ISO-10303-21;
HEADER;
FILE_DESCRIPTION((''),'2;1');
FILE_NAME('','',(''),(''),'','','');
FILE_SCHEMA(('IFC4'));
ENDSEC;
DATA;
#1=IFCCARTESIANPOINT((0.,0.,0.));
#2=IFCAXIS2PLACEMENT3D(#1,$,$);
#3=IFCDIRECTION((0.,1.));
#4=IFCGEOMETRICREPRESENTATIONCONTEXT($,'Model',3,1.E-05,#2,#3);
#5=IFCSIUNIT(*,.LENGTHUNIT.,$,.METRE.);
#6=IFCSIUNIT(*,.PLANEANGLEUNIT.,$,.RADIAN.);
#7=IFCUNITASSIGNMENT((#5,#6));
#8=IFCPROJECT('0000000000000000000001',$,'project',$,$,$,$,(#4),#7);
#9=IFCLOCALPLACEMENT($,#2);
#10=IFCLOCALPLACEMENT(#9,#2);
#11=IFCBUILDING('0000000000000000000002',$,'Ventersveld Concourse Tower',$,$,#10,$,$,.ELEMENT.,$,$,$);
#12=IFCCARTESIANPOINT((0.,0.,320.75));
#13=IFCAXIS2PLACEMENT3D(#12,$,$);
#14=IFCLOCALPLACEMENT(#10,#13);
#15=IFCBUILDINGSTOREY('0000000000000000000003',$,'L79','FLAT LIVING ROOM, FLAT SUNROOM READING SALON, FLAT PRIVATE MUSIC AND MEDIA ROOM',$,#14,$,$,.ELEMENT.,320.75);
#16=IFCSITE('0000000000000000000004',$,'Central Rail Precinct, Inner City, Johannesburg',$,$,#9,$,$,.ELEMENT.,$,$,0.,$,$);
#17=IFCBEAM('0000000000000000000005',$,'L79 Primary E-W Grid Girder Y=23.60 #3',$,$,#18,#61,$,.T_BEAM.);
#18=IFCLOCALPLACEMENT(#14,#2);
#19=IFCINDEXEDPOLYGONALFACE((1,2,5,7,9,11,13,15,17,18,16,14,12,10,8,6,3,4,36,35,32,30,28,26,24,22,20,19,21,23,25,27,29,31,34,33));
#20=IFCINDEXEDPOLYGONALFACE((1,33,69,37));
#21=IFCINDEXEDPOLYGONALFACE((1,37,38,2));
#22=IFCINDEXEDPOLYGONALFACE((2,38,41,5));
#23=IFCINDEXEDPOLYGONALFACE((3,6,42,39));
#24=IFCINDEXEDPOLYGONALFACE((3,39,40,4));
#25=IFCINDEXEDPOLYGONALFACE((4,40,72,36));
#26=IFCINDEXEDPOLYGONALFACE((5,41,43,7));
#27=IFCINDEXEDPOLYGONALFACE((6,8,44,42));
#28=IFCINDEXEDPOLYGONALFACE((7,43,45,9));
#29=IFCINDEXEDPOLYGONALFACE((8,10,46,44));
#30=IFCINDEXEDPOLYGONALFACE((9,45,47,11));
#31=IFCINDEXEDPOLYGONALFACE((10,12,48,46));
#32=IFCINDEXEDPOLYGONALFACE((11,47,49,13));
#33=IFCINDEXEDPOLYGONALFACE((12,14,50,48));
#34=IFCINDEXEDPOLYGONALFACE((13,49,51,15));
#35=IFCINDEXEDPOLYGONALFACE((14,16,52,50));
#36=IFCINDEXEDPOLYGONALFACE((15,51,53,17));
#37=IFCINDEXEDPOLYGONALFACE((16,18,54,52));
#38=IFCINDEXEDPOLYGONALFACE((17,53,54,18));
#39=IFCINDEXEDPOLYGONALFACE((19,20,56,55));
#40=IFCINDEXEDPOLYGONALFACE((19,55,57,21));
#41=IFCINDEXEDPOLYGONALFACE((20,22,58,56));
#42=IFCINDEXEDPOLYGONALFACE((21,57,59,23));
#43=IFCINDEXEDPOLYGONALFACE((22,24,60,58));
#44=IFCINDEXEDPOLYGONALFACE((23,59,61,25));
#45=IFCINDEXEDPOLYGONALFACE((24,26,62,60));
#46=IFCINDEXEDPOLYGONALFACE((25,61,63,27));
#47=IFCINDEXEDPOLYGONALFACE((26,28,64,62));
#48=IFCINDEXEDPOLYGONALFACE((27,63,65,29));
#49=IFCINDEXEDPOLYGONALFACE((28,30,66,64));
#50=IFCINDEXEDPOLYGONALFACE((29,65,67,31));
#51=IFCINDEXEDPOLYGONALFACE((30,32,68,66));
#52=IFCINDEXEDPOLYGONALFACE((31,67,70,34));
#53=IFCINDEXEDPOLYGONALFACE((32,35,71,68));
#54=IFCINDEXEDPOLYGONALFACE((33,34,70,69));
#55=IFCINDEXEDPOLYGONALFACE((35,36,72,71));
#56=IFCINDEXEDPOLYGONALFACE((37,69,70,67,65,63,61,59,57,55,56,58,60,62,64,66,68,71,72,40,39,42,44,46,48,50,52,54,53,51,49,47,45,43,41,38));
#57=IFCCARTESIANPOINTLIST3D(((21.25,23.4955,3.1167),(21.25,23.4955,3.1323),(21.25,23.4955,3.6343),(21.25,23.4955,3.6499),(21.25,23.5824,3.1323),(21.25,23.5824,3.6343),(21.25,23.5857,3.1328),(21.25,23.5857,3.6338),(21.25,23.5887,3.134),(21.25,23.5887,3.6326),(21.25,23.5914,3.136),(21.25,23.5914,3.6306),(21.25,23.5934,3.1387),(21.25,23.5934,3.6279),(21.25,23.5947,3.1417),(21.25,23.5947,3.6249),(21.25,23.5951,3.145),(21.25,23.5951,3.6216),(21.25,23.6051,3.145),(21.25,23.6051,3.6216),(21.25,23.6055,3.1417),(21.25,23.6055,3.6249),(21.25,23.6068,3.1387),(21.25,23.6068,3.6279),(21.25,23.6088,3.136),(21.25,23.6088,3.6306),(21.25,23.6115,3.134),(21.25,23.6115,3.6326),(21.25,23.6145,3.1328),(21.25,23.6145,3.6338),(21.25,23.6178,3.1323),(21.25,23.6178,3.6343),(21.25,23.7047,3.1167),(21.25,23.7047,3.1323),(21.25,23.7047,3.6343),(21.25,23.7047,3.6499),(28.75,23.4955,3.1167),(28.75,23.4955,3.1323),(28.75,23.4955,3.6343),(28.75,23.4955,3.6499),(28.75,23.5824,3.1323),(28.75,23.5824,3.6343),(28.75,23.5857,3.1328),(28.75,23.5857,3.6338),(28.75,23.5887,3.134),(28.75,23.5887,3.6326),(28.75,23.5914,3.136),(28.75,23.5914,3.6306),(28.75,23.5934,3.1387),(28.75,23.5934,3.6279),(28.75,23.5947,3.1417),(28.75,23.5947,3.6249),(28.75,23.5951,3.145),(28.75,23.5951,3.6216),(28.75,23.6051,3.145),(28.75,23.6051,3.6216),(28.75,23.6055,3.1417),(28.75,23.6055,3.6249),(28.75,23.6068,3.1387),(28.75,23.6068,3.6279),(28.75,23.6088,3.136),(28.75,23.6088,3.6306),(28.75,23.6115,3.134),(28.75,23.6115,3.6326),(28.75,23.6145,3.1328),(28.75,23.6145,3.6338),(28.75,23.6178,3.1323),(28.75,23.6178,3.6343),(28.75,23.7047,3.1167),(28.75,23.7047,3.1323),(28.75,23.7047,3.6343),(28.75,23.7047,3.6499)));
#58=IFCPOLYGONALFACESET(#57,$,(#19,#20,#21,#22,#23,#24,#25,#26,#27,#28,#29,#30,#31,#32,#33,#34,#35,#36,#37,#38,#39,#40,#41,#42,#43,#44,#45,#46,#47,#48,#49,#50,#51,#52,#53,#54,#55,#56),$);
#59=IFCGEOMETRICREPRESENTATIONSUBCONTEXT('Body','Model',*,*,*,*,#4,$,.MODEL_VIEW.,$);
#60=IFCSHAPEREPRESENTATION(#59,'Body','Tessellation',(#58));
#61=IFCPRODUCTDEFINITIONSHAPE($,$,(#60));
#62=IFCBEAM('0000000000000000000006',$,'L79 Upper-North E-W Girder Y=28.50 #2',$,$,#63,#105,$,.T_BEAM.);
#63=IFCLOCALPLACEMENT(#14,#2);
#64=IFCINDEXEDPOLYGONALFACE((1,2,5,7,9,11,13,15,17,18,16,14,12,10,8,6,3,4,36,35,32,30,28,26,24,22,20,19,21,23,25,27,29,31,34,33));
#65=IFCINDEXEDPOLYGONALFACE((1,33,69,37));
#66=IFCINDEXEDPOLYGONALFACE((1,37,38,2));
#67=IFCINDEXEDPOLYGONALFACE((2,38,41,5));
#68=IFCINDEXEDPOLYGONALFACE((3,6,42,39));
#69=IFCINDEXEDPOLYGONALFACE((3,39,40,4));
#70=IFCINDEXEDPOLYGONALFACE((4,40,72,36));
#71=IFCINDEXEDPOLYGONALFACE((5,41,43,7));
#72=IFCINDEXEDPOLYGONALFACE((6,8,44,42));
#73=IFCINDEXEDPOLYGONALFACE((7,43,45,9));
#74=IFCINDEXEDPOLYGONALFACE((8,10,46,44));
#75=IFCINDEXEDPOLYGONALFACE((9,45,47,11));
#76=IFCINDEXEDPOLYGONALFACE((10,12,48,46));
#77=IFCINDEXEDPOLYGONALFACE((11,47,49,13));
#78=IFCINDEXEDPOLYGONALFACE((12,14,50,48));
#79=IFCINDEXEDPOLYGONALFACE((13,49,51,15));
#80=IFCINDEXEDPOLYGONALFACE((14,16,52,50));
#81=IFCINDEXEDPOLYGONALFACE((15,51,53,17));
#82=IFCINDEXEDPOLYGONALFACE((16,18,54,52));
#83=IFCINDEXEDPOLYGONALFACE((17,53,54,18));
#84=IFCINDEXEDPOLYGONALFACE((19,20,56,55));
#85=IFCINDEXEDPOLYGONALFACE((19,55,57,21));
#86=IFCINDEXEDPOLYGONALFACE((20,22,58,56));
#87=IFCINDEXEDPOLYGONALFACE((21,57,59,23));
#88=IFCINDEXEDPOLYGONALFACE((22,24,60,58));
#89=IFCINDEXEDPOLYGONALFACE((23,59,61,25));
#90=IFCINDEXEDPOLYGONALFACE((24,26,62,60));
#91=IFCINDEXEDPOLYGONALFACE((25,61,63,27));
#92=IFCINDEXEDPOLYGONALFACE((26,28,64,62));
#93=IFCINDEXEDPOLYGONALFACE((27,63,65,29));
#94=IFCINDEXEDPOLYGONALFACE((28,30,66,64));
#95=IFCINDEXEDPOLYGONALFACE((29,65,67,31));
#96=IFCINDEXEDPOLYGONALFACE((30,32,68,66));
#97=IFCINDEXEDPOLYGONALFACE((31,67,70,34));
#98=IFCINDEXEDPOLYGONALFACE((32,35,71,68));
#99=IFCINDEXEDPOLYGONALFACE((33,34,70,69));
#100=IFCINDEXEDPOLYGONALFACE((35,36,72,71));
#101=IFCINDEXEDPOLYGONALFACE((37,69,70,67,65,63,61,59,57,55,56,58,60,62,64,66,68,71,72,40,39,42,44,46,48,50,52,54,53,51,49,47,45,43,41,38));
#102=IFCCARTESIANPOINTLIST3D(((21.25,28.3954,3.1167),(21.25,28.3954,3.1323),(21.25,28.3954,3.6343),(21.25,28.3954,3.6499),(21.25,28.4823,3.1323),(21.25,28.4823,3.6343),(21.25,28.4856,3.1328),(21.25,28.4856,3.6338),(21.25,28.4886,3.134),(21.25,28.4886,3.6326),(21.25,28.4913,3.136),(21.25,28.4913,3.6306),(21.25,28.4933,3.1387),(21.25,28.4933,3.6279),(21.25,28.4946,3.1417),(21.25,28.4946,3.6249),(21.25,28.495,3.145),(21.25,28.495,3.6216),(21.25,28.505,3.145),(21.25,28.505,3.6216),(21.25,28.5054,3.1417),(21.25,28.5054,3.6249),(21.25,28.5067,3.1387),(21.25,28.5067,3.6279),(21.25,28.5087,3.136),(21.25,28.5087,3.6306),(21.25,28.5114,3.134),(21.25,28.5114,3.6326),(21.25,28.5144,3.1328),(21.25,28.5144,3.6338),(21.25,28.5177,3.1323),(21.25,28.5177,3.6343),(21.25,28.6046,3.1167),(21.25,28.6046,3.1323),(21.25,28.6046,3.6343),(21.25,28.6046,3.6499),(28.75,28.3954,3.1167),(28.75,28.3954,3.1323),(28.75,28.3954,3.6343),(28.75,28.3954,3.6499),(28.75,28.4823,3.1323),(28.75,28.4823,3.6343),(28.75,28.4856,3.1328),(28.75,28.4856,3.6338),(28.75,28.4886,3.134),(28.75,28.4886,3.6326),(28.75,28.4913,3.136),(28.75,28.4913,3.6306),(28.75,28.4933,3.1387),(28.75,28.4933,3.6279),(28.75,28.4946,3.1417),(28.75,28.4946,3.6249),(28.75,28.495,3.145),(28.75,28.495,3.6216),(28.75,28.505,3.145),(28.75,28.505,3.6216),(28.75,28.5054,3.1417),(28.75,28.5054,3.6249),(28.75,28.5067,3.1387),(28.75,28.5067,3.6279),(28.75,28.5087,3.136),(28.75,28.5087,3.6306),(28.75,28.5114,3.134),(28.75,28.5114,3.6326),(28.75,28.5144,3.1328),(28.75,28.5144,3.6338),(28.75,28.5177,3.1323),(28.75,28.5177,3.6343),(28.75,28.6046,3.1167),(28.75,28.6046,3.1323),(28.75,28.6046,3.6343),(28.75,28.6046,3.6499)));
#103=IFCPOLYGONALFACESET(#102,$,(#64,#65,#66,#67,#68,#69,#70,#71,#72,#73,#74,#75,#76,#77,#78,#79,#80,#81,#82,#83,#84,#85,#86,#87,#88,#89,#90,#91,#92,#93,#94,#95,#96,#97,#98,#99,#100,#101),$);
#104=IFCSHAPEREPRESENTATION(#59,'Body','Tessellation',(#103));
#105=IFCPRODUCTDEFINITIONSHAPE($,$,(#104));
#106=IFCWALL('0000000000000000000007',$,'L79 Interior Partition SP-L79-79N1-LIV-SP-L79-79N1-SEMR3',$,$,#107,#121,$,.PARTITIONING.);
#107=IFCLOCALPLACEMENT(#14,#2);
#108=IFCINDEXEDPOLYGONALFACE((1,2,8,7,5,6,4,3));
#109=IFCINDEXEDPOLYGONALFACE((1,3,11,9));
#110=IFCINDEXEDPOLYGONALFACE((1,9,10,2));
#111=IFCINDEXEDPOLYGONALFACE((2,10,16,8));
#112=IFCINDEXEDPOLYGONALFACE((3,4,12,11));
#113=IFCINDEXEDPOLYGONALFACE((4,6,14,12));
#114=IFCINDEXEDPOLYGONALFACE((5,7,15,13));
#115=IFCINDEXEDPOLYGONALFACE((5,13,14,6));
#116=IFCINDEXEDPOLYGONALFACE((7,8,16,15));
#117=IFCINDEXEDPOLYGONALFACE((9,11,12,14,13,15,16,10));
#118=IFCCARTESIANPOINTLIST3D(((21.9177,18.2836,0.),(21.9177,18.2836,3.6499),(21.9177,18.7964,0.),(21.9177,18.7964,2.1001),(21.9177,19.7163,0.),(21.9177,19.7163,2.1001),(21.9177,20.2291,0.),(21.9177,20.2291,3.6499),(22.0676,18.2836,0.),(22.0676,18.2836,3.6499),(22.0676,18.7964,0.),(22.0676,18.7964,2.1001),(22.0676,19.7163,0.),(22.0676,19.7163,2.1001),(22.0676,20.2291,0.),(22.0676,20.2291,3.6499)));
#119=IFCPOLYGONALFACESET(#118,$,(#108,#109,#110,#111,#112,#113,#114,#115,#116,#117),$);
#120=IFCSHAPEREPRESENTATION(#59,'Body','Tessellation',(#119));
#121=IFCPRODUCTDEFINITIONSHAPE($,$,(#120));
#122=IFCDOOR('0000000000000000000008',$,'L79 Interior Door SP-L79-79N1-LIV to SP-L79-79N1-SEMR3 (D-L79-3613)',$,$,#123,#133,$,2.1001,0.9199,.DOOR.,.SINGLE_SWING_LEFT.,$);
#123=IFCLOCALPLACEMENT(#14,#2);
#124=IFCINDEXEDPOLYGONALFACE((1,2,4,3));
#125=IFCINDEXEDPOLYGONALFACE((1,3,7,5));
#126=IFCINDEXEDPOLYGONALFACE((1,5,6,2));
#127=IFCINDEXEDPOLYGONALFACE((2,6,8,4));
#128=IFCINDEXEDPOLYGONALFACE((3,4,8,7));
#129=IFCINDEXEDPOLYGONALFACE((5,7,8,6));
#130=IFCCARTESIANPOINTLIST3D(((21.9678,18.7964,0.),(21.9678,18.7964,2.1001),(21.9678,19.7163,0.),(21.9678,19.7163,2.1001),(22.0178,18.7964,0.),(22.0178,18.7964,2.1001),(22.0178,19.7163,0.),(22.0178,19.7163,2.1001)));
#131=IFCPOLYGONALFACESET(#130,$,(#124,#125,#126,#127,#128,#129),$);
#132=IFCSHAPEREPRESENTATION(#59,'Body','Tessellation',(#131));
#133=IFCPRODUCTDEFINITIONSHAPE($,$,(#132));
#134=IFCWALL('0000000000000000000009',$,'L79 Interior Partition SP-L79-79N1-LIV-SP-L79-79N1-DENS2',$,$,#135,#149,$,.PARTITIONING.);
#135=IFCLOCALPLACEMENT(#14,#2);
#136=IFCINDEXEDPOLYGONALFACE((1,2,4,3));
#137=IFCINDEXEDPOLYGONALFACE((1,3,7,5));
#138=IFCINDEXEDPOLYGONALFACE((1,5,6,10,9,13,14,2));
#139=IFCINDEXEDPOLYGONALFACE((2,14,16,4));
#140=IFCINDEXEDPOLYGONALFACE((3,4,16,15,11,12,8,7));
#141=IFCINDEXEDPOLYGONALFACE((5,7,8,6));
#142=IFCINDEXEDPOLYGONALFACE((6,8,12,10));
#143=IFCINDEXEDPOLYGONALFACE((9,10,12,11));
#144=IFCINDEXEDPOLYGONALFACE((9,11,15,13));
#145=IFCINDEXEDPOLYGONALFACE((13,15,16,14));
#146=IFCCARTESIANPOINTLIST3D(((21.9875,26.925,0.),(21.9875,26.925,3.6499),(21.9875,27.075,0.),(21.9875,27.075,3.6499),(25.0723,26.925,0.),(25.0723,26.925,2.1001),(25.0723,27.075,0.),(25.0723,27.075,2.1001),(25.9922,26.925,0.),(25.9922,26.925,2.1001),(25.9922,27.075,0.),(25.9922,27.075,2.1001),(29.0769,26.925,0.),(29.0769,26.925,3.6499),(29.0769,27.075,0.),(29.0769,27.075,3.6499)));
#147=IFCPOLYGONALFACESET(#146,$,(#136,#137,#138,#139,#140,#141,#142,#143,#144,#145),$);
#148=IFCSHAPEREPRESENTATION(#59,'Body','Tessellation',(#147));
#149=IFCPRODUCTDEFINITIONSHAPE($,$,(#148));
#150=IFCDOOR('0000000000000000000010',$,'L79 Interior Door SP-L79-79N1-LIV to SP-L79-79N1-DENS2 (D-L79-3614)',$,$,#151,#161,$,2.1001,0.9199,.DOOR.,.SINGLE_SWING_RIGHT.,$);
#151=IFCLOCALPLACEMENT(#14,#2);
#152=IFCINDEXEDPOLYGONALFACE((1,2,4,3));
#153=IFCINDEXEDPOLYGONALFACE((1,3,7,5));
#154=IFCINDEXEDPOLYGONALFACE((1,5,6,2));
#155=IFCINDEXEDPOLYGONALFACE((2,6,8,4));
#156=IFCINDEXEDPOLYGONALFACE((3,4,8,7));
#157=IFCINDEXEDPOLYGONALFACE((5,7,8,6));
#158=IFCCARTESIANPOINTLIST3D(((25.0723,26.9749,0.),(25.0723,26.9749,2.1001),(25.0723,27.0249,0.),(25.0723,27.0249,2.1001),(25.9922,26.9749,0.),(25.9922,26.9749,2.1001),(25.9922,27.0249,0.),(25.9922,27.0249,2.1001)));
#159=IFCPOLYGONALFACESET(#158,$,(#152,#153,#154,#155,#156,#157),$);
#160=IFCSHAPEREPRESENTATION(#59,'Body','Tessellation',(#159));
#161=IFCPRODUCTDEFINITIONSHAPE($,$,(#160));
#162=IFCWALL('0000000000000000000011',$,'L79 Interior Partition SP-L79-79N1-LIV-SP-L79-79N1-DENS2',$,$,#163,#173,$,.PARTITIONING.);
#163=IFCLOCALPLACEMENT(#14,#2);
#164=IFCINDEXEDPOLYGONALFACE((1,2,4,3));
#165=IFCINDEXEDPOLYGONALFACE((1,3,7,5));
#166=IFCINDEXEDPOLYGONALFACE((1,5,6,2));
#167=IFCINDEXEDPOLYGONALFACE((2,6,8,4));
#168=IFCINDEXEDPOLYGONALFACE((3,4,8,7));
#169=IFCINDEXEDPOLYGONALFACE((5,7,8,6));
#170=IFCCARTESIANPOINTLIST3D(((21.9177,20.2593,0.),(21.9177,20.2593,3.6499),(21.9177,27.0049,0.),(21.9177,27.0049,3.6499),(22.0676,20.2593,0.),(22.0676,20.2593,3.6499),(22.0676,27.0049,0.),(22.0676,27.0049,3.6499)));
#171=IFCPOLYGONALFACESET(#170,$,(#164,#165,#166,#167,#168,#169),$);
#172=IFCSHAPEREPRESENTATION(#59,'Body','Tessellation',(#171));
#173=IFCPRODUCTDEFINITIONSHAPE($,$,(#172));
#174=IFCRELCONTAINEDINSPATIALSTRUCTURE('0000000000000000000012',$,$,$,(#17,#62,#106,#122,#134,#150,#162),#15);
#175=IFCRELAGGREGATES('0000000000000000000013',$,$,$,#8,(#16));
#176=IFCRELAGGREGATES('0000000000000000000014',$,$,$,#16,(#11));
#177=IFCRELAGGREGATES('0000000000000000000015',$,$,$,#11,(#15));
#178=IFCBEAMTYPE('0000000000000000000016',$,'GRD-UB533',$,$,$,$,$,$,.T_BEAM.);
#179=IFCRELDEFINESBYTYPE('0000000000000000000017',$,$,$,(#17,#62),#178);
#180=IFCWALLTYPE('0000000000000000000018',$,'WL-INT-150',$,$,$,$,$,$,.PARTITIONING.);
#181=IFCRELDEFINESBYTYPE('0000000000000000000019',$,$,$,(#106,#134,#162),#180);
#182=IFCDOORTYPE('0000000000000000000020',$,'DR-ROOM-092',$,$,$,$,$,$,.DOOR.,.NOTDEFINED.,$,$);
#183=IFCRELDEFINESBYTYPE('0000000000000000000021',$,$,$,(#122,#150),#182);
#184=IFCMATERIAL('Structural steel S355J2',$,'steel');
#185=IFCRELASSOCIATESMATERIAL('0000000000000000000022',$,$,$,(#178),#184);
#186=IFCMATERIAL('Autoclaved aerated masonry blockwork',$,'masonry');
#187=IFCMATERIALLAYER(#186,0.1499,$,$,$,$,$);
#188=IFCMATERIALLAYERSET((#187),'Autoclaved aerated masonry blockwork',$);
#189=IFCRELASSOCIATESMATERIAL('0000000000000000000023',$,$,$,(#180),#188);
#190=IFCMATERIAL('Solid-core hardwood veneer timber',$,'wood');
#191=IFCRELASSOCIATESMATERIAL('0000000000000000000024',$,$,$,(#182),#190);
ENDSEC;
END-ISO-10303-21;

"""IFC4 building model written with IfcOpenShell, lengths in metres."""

from ifc_helpers import new_model, si_unit, direction, frame, frame_2d, origin, origin_2d, place, context, subcontext, project, spatial, rectangle, i_section, extrude, material, layer, layer_set, material_profile, profile_set, type_object, element, fill, save


model = new_model("IFC4")

# Units and contexts
model_context = context("Model", 3, precision=1e-05, world=origin(), true_north=direction((0.0, 1.0)))
body_context = subcontext(model_context, "Body", "Model", "MODEL_VIEW")
ifc_project = project(units=[si_unit("LENGTHUNIT", "METRE"), si_unit("PLANEANGLEUNIT", "RADIAN")], contexts=[model_context])

# Site, building, storey
site_placement = place(None, origin())
site = spatial("IfcSite", under=ifc_project, at=site_placement, Name="Central Rail Precinct, Inner City, Johannesburg", CompositionType="ELEMENT", RefElevation=0.0)
building_placement = place(site_placement, origin())
building = spatial("IfcBuilding", under=site, at=building_placement, Name="Ventersveld Concourse Tower", CompositionType="ELEMENT")
storey_placement = place(building_placement, frame((0.0, 0.0, 320.75)))
storey = spatial("IfcBuildingStorey", under=building, at=storey_placement, Name="L79", Description="FLAT LIVING ROOM, FLAT SUNROOM READING SALON, FLAT PRIVATE MUSIC AND MEDIA ROOM", CompositionType="ELEMENT", Elevation=320.75)

# Shared definitions
ifc_material_1 = material(Name="Structural steel S355J2", Category="steel")

# Beams
ifc_material_profile_1 = material_profile(ifc_material_1, i_section(OverallWidth=0.2092, OverallDepth=0.5332, WebThickness=0.01, FlangeThickness=0.0156, FilletRadius=0.0127, at=origin_2d()), Name="UB 533x210x92")
ifc_profile_set_1 = profile_set([ifc_material_profile_1], Name="Structural steel S355J2")
beam_type_1 = type_object("IfcBeamType", Name="GRD-UB533", PredefinedType="T_BEAM", material=ifc_profile_set_1)
for number, where, z_axis, x_axis, name in (
    (1, (21.25, 23.6001, 3.3833), (1.0, 0.0, 0.0), (0.0, 1.0, 0.0), "L79 Primary E-W Grid Girder Y=23.60 #3"),
    (2, (21.25, 28.5, 3.3833), (1.0, 0.0, 0.0), (0.0, 1.0, 0.0), "L79 Upper-North E-W Girder Y=28.50 #2"),
):
    element("IfcBeam", number, at=place(storey_placement, frame(where, z_axis=z_axis, x_axis=x_axis)), inside=storey, type_object=beam_type_1, Name=name, PredefinedType="T_BEAM", context=body_context, shape_type="SweptSolid", body=[
        extrude(i_section(OverallWidth=0.2092, OverallDepth=0.5332, WebThickness=0.01, FlangeThickness=0.0156, FilletRadius=0.0127, at=origin_2d()), origin(), (0.0, 0.0, 1.0), 7.5),
    ])

# Walls, openings, doors
ifc_material_2 = material(Name="Autoclaved aerated masonry blockwork", Category="masonry")
ifc_layer = layer(ifc_material_2, 0.1499)
ifc_layer_set = layer_set([ifc_layer], Name="Autoclaved aerated masonry blockwork")
wall_type = type_object("IfcWallType", Name="WL-INT-150", PredefinedType="PARTITIONING", material=ifc_layer_set)
wall_1_placement = place(storey_placement, frame((21.9927, 18.2837, 0.0), z_axis=(0.0, 0.0, 1.0), x_axis=(0.0, 1.0, 0.0)))
wall_1 = element("IfcWall", 3, at=wall_1_placement, inside=storey, type_object=wall_type, Name="L79 Interior Partition SP-L79-79N1-LIV-SP-L79-79N1-SEMR3", PredefinedType="PARTITIONING", context=body_context, shape_type="SweptSolid", body=[
    extrude(rectangle(XDim=1.9456, YDim=0.1499, at=frame_2d((0.9727, 0.0))), origin(), (0.0, 0.0, 1.0), 3.6499),
])
opening_1_placement = place(wall_1_placement, frame((0.5127, 0.0, 0.0)))
opening_1 = element("IfcOpeningElement", 4, at=opening_1_placement, cuts=wall_1, PredefinedType="OPENING", context=body_context, shape_type="SweptSolid", body=[
    extrude(rectangle(XDim=0.9199, YDim=2.1001, at=frame_2d((0.46, 1.05))), frame((0.0, 0.085, 0.0), z_axis=(0.0, -1.0, 0.0), x_axis=(1.0, 0.0, 0.0)), (0.0, 0.0, 1.0), 0.1699),
])
ifc_material_3 = material(Name="Solid-core hardwood veneer timber", Category="wood")
door_type = type_object("IfcDoorType", Name="DR-ROOM-092", OperationType="NOTDEFINED", PredefinedType="DOOR", material=ifc_material_3)
door_1_placement = place(opening_1_placement, origin())
door_1 = element("IfcDoor", 5, at=door_1_placement, inside=storey, type_object=door_type, Name="L79 Interior Door SP-L79-79N1-LIV to SP-L79-79N1-SEMR3 (D-L79-3613)", OperationType="SINGLE_SWING_LEFT", OverallHeight=2.1001, OverallWidth=0.9199, PredefinedType="DOOR", context=body_context, shape_type="SweptSolid", body=[
    extrude(rectangle(XDim=0.9199, YDim=2.1001, at=frame_2d((0.46, 1.05))), frame((0.0, 0.0249, 0.0), z_axis=(0.0, -1.0, 0.0), x_axis=(1.0, 0.0, 0.0)), (0.0, 0.0, 1.0), 0.05),
])
fill(opening_1, door_1)
wall_2_placement = place(storey_placement, frame((21.9875, 27.0, 0.0), z_axis=(0.0, 0.0, 1.0), x_axis=(1.0, 0.0, 0.0)))
wall_2 = element("IfcWall", 6, at=wall_2_placement, inside=storey, type_object=wall_type, Name="L79 Interior Partition SP-L79-79N1-LIV-SP-L79-79N1-DENS2", PredefinedType="PARTITIONING", context=body_context, shape_type="SweptSolid", body=[
    extrude(rectangle(XDim=7.0894, YDim=0.1499, at=frame_2d((3.5447, 0.0))), origin(), (0.0, 0.0, 1.0), 3.6499),
])
opening_2_placement = place(wall_2_placement, frame((3.0847, 0.0, 0.0)))
opening_2 = element("IfcOpeningElement", 7, at=opening_2_placement, cuts=wall_2, PredefinedType="OPENING", context=body_context, shape_type="SweptSolid", body=[
    extrude(rectangle(XDim=0.9199, YDim=2.1001, at=frame_2d((0.46, 1.05))), frame((0.0, 0.085, 0.0), z_axis=(0.0, -1.0, 0.0), x_axis=(1.0, 0.0, 0.0)), (0.0, 0.0, 1.0), 0.1699),
])
door_2_placement = place(opening_2_placement, origin())
door_2 = element("IfcDoor", 8, at=door_2_placement, inside=storey, type_object=door_type, Name="L79 Interior Door SP-L79-79N1-LIV to SP-L79-79N1-DENS2 (D-L79-3614)", OperationType="SINGLE_SWING_RIGHT", OverallHeight=2.1001, OverallWidth=0.9199, PredefinedType="DOOR", context=body_context, shape_type="SweptSolid", body=[
    extrude(rectangle(XDim=0.9199, YDim=2.1001, at=frame_2d((0.46, 1.05))), frame((0.0, 0.0249, 0.0), z_axis=(0.0, -1.0, 0.0), x_axis=(1.0, 0.0, 0.0)), (0.0, 0.0, 1.0), 0.05),
])
fill(opening_2, door_2)

# Wall
wall_3_placement = place(storey_placement, frame((21.9927, 20.2593, 0.0), z_axis=(0.0, 0.0, 1.0), x_axis=(0.0, 1.0, 0.0)))
element("IfcWall", 9, at=wall_3_placement, inside=storey, type_object=wall_type, Name="L79 Interior Partition SP-L79-79N1-LIV-SP-L79-79N1-DENS2", PredefinedType="PARTITIONING", context=body_context, shape_type="SweptSolid", body=[
    extrude(rectangle(XDim=6.7456, YDim=0.1499, at=frame_2d((3.3728, 0.0))), origin(), (0.0, 0.0, 1.0), 3.6499),
])

save(model, "model.ifc")
